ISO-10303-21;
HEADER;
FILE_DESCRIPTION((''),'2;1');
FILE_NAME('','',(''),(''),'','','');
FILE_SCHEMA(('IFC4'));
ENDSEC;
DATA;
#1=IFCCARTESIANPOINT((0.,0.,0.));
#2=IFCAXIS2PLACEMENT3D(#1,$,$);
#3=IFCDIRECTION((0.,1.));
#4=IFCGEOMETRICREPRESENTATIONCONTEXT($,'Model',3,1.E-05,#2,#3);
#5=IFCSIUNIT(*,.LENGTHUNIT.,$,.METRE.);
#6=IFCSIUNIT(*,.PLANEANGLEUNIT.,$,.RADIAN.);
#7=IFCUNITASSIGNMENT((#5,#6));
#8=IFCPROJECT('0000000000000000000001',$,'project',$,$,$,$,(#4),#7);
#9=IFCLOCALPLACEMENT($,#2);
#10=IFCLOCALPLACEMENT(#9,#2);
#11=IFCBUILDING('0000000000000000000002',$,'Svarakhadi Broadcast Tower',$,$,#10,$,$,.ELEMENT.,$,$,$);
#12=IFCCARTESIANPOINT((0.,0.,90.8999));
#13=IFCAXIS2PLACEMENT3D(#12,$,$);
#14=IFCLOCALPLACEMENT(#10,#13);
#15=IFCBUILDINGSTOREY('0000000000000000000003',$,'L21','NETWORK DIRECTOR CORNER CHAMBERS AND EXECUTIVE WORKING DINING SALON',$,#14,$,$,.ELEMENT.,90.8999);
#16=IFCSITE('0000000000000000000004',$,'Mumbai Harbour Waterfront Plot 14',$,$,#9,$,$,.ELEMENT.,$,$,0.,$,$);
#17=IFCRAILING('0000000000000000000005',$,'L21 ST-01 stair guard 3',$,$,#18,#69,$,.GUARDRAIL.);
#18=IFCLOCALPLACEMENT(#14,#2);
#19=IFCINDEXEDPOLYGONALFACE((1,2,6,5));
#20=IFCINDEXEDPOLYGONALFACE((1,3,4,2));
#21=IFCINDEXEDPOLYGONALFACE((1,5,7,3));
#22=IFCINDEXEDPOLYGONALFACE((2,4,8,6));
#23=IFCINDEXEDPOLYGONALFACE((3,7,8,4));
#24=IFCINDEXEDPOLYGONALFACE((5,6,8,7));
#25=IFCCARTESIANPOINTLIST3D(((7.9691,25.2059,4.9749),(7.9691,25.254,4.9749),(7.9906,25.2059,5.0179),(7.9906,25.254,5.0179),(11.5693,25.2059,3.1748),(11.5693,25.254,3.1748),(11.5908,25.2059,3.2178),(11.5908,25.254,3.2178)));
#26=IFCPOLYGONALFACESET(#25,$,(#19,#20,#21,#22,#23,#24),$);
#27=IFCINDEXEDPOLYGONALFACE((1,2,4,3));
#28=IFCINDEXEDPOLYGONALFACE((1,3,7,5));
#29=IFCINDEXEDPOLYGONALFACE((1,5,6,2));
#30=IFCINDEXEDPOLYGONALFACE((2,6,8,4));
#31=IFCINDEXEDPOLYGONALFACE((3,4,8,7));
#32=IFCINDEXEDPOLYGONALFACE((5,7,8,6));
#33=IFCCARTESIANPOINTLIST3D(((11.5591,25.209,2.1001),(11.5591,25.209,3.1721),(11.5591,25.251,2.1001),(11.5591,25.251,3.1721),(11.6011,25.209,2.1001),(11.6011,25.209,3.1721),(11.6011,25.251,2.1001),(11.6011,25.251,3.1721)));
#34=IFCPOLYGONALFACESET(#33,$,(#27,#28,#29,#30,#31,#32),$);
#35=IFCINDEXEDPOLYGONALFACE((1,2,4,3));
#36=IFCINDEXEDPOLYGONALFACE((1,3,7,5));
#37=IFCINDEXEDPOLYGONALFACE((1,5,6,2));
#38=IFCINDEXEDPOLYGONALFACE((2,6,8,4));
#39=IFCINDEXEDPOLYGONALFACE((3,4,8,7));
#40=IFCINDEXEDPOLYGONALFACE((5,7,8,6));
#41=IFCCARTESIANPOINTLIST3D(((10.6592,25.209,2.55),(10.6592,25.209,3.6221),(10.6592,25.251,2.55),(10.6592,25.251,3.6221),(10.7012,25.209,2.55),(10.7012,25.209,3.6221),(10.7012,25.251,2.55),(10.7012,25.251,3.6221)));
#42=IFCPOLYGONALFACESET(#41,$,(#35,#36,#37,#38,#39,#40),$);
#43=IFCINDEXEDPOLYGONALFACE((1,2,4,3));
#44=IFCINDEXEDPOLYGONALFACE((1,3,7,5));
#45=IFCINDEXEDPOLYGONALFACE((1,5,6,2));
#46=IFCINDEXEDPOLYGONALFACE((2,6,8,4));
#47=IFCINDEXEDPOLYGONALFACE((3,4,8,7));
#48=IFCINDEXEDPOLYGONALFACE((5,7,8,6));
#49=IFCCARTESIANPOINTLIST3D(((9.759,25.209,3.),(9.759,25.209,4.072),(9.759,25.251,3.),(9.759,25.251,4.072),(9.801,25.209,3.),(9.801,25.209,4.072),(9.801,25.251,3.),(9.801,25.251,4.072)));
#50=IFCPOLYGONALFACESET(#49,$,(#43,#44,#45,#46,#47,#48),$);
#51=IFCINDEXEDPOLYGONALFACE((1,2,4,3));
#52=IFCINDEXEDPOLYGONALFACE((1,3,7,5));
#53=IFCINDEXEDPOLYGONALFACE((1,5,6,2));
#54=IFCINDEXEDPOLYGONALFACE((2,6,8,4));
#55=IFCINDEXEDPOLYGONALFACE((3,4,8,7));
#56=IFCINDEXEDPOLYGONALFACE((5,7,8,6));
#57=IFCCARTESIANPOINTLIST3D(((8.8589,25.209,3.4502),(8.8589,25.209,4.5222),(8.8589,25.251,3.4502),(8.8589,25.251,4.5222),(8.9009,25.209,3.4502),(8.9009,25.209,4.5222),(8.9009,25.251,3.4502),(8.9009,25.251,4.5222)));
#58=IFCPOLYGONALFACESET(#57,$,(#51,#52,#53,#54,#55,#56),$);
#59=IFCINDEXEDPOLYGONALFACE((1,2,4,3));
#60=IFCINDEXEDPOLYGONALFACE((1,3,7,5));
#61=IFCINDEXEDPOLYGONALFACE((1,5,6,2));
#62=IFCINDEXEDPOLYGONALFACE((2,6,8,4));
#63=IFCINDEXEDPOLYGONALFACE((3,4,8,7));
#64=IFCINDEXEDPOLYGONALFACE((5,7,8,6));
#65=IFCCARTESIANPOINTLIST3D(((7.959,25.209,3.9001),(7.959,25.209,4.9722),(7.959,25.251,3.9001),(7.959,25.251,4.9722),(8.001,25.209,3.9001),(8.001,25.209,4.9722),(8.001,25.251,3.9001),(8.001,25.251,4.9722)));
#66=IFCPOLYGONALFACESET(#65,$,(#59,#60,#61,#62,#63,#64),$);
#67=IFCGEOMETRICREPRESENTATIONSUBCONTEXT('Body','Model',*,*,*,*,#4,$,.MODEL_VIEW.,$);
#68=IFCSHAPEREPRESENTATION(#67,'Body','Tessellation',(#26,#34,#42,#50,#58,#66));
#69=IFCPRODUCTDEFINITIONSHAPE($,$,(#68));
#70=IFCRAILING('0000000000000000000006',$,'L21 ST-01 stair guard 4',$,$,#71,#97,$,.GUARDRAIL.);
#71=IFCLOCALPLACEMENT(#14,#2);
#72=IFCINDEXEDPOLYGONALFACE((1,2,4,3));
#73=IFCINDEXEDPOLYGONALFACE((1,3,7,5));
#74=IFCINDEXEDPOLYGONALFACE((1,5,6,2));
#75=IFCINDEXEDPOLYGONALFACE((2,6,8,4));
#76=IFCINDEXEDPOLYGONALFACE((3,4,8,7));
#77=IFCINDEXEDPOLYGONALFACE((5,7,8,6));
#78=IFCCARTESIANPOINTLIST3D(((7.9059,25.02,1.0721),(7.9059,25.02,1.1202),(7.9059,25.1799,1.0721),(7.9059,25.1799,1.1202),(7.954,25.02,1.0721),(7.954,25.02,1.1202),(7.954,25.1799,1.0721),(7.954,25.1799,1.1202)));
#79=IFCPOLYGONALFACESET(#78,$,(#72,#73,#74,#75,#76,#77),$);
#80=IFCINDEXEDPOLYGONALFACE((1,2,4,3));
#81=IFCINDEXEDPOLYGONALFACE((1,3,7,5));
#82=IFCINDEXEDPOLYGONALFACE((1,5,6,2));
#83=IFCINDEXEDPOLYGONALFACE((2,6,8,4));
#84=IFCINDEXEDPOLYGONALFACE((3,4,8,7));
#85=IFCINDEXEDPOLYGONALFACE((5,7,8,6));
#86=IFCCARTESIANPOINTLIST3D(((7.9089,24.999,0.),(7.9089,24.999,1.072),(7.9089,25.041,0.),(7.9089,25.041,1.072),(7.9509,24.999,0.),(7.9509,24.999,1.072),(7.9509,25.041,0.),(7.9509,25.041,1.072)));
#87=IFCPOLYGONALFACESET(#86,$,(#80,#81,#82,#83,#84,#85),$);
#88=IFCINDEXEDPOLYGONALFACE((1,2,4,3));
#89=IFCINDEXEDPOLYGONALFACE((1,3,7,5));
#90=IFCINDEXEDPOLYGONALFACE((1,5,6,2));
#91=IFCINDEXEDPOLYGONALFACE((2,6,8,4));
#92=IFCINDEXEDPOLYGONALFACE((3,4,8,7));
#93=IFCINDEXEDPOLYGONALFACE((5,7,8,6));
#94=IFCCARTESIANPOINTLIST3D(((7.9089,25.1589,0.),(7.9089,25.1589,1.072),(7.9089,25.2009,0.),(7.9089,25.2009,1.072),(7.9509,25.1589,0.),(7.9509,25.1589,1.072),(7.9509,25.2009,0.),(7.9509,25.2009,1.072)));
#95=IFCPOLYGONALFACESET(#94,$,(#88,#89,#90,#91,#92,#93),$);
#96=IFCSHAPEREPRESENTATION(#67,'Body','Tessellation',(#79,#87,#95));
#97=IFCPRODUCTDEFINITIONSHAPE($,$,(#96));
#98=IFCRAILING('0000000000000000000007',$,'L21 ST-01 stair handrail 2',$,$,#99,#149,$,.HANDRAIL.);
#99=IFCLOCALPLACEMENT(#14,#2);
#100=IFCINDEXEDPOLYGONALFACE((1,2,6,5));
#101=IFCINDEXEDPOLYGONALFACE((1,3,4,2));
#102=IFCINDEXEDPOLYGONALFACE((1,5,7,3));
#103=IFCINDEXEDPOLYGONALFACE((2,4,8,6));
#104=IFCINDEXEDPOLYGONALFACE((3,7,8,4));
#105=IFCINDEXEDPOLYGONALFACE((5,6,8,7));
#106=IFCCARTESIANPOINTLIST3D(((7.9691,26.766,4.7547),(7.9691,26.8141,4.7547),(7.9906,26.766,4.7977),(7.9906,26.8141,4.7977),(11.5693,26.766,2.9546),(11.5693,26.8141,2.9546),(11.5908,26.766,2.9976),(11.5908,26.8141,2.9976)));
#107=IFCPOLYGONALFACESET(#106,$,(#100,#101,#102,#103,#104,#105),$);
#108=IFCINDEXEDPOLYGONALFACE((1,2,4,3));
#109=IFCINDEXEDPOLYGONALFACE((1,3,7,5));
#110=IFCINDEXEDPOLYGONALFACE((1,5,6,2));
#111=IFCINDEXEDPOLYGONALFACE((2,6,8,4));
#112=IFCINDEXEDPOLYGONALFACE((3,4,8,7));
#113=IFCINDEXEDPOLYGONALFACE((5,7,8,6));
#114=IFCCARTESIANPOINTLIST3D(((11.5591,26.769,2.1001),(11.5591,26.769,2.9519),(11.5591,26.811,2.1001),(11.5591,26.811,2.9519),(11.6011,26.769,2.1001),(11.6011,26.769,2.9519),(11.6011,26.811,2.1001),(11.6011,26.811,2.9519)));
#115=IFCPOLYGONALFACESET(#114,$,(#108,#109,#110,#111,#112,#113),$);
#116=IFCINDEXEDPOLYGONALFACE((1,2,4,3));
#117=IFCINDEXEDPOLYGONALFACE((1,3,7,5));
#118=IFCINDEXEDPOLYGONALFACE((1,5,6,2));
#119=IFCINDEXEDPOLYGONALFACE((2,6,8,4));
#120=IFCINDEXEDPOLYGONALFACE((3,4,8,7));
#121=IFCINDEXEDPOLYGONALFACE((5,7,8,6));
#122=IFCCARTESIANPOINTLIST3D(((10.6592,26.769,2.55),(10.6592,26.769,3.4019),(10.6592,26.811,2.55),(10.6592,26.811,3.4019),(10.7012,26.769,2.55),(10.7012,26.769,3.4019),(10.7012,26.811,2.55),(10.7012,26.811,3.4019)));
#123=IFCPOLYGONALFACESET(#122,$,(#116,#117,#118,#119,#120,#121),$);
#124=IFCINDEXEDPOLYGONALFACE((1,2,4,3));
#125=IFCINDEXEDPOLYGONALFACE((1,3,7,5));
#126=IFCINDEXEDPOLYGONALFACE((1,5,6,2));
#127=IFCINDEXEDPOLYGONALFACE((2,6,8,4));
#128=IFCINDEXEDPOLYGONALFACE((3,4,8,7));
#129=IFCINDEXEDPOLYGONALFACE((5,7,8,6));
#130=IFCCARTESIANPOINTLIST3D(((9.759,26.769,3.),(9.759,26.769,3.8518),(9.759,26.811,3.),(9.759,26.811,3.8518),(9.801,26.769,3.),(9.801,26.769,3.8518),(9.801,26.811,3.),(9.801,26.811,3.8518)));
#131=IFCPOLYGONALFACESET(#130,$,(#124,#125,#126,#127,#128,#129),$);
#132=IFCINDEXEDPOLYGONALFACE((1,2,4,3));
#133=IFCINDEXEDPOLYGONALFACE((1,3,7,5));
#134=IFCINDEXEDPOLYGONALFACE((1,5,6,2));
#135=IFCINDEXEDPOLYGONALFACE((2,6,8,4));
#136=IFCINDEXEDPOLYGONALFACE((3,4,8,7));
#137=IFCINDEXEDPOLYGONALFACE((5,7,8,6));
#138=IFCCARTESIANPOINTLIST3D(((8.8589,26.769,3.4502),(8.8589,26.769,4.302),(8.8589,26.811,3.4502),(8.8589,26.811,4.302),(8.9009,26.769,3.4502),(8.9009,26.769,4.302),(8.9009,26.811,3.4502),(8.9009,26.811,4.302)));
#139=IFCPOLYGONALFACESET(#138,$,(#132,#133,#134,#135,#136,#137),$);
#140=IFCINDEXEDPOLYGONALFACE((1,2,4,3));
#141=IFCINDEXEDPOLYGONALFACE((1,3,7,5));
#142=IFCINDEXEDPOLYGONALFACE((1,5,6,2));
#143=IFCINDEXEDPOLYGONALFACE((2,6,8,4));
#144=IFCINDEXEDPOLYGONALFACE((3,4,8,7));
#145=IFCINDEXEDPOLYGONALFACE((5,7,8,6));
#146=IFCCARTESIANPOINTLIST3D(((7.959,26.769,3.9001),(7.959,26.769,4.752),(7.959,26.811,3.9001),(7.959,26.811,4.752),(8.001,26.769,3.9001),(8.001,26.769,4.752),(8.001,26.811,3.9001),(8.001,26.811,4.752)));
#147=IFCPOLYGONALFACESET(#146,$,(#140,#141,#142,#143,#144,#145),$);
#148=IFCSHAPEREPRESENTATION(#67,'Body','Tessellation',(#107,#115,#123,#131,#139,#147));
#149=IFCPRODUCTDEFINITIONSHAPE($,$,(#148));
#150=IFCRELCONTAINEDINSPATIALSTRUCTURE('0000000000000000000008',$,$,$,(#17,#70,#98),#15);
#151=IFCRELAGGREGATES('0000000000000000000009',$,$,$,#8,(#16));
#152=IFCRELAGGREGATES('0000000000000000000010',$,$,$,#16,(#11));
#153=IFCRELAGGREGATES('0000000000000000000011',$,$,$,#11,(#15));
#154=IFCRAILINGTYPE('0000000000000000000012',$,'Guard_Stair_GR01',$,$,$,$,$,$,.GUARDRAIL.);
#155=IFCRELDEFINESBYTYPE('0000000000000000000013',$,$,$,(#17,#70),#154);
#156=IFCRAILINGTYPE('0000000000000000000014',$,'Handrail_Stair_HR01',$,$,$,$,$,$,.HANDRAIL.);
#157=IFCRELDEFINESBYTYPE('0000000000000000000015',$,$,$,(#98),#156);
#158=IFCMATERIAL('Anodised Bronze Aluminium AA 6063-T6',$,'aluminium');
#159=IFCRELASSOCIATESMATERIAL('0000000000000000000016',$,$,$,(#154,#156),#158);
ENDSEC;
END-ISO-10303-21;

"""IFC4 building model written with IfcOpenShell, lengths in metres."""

from ifc_helpers import new_model, si_unit, direction, frame, origin, origin_2d, place, context, subcontext, project, spatial, rectangle, extrude, material, type_object, element, save


model = new_model("IFC4")

# Units and contexts
model_context = context("Model", 3, precision=1e-05, world=origin(), true_north=direction((0.0, 1.0)))
body_context = subcontext(model_context, "Body", "Model", "MODEL_VIEW")
ifc_project = project(units=[si_unit("LENGTHUNIT", "METRE"), si_unit("PLANEANGLEUNIT", "RADIAN")], contexts=[model_context])

# Site, building, storey
site_placement = place(None, origin())
site = spatial("IfcSite", under=ifc_project, at=site_placement, Name="Mumbai Harbour Waterfront Plot 14", CompositionType="ELEMENT", RefElevation=0.0)
building_placement = place(site_placement, origin())
building = spatial("IfcBuilding", under=site, at=building_placement, Name="Svarakhadi Broadcast Tower", CompositionType="ELEMENT")
storey_placement = place(building_placement, frame((0.0, 0.0, 90.8999)))
storey = spatial("IfcBuildingStorey", under=building, at=storey_placement, Name="L21", Description="NETWORK DIRECTOR CORNER CHAMBERS AND EXECUTIVE WORKING DINING SALON", CompositionType="ELEMENT", Elevation=90.8999)

# Railings
ifc_material_1 = material(Name="Anodised Bronze Aluminium AA 6063-T6", Category="aluminium")
railing_type_1 = type_object("IfcRailingType", Name="Guard_Stair_GR01", PredefinedType="GUARDRAIL", material=ifc_material_1)
railing_1_placement = place(storey_placement, frame((11.5801, 25.23, 2.1001)))
element("IfcRailing", 1, at=railing_1_placement, inside=storey, type_object=railing_type_1, Name="L21 ST-01 stair guard 3", PredefinedType="GUARDRAIL", context=body_context, shape_type="SweptSolid", body=[
    extrude(rectangle(XDim=0.0481, YDim=0.0481, at=origin_2d()), frame((0.0, 0.0, 1.0962), z_axis=(-0.894427, 0.0, 0.447214), x_axis=(0.0, -1.0, 0.0)), (0.0, 0.0, 1.0), 4.0251),
    extrude(rectangle(XDim=0.042, YDim=0.042, at=origin_2d()), origin(), (0.0, 0.0, 1.0), 1.072),
    extrude(rectangle(XDim=0.042, YDim=0.042, at=origin_2d()), frame((-0.8999, 0.0, 0.45)), (0.0, 0.0, 1.0), 1.072),
    extrude(rectangle(XDim=0.042, YDim=0.042, at=origin_2d()), frame((-1.8, 0.0, 0.8999)), (0.0, 0.0, 1.0), 1.072),
    extrude(rectangle(XDim=0.042, YDim=0.042, at=origin_2d()), frame((-2.7002, 0.0, 1.3501)), (0.0, 0.0, 1.0), 1.072),
    extrude(rectangle(XDim=0.042, YDim=0.042, at=origin_2d()), frame((-3.6001, 0.0, 1.8)), (0.0, 0.0, 1.0), 1.072),
])
railing_2_placement = place(storey_placement, frame((7.9299, 25.02, 0.0)))
element("IfcRailing", 2, at=railing_2_placement, inside=storey, type_object=railing_type_1, Name="L21 ST-01 stair guard 4", PredefinedType="GUARDRAIL", context=body_context, shape_type="SweptSolid", body=[
    extrude(rectangle(XDim=0.0481, YDim=0.0481, at=origin_2d()), frame((0.0, 0.0, 1.0962), z_axis=(0.0, 1.0, 0.0), x_axis=(-1.0, 0.0, 0.0)), (0.0, 0.0, 1.0), 0.1599),
    extrude(rectangle(XDim=0.042, YDim=0.042, at=origin_2d()), origin(), (0.0, 0.0, 1.0), 1.072),
    extrude(rectangle(XDim=0.042, YDim=0.042, at=origin_2d()), frame((0.0, 0.1599, 0.0)), (0.0, 0.0, 1.0), 1.072),
])
railing_type_2 = type_object("IfcRailingType", Name="Handrail_Stair_HR01", PredefinedType="HANDRAIL", material=ifc_material_1)
railing_3_placement = place(storey_placement, frame((11.5801, 26.79, 2.1001)))
element("IfcRailing", 3, at=railing_3_placement, inside=storey, type_object=railing_type_2, Name="L21 ST-01 stair handrail 2", PredefinedType="HANDRAIL", context=body_context, shape_type="SweptSolid", body=[
    extrude(rectangle(XDim=0.0481, YDim=0.0481, at=origin_2d()), frame((0.0, 0.0, 0.876), z_axis=(-0.894427, 0.0, 0.447214), x_axis=(0.0, -1.0, 0.0)), (0.0, 0.0, 1.0), 4.0251),
    extrude(rectangle(XDim=0.042, YDim=0.042, at=origin_2d()), origin(), (0.0, 0.0, 1.0), 0.8518),
    extrude(rectangle(XDim=0.042, YDim=0.042, at=origin_2d()), frame((-0.8999, 0.0, 0.45)), (0.0, 0.0, 1.0), 0.8518),
    extrude(rectangle(XDim=0.042, YDim=0.042, at=origin_2d()), frame((-1.8, 0.0, 0.8999)), (0.0, 0.0, 1.0), 0.8518),
    extrude(rectangle(XDim=0.042, YDim=0.042, at=origin_2d()), frame((-2.7002, 0.0, 1.3501)), (0.0, 0.0, 1.0), 0.8518),
    extrude(rectangle(XDim=0.042, YDim=0.042, at=origin_2d()), frame((-3.6001, 0.0, 1.8)), (0.0, 0.0, 1.0), 0.8518),
])

save(model, "model.ifc")
